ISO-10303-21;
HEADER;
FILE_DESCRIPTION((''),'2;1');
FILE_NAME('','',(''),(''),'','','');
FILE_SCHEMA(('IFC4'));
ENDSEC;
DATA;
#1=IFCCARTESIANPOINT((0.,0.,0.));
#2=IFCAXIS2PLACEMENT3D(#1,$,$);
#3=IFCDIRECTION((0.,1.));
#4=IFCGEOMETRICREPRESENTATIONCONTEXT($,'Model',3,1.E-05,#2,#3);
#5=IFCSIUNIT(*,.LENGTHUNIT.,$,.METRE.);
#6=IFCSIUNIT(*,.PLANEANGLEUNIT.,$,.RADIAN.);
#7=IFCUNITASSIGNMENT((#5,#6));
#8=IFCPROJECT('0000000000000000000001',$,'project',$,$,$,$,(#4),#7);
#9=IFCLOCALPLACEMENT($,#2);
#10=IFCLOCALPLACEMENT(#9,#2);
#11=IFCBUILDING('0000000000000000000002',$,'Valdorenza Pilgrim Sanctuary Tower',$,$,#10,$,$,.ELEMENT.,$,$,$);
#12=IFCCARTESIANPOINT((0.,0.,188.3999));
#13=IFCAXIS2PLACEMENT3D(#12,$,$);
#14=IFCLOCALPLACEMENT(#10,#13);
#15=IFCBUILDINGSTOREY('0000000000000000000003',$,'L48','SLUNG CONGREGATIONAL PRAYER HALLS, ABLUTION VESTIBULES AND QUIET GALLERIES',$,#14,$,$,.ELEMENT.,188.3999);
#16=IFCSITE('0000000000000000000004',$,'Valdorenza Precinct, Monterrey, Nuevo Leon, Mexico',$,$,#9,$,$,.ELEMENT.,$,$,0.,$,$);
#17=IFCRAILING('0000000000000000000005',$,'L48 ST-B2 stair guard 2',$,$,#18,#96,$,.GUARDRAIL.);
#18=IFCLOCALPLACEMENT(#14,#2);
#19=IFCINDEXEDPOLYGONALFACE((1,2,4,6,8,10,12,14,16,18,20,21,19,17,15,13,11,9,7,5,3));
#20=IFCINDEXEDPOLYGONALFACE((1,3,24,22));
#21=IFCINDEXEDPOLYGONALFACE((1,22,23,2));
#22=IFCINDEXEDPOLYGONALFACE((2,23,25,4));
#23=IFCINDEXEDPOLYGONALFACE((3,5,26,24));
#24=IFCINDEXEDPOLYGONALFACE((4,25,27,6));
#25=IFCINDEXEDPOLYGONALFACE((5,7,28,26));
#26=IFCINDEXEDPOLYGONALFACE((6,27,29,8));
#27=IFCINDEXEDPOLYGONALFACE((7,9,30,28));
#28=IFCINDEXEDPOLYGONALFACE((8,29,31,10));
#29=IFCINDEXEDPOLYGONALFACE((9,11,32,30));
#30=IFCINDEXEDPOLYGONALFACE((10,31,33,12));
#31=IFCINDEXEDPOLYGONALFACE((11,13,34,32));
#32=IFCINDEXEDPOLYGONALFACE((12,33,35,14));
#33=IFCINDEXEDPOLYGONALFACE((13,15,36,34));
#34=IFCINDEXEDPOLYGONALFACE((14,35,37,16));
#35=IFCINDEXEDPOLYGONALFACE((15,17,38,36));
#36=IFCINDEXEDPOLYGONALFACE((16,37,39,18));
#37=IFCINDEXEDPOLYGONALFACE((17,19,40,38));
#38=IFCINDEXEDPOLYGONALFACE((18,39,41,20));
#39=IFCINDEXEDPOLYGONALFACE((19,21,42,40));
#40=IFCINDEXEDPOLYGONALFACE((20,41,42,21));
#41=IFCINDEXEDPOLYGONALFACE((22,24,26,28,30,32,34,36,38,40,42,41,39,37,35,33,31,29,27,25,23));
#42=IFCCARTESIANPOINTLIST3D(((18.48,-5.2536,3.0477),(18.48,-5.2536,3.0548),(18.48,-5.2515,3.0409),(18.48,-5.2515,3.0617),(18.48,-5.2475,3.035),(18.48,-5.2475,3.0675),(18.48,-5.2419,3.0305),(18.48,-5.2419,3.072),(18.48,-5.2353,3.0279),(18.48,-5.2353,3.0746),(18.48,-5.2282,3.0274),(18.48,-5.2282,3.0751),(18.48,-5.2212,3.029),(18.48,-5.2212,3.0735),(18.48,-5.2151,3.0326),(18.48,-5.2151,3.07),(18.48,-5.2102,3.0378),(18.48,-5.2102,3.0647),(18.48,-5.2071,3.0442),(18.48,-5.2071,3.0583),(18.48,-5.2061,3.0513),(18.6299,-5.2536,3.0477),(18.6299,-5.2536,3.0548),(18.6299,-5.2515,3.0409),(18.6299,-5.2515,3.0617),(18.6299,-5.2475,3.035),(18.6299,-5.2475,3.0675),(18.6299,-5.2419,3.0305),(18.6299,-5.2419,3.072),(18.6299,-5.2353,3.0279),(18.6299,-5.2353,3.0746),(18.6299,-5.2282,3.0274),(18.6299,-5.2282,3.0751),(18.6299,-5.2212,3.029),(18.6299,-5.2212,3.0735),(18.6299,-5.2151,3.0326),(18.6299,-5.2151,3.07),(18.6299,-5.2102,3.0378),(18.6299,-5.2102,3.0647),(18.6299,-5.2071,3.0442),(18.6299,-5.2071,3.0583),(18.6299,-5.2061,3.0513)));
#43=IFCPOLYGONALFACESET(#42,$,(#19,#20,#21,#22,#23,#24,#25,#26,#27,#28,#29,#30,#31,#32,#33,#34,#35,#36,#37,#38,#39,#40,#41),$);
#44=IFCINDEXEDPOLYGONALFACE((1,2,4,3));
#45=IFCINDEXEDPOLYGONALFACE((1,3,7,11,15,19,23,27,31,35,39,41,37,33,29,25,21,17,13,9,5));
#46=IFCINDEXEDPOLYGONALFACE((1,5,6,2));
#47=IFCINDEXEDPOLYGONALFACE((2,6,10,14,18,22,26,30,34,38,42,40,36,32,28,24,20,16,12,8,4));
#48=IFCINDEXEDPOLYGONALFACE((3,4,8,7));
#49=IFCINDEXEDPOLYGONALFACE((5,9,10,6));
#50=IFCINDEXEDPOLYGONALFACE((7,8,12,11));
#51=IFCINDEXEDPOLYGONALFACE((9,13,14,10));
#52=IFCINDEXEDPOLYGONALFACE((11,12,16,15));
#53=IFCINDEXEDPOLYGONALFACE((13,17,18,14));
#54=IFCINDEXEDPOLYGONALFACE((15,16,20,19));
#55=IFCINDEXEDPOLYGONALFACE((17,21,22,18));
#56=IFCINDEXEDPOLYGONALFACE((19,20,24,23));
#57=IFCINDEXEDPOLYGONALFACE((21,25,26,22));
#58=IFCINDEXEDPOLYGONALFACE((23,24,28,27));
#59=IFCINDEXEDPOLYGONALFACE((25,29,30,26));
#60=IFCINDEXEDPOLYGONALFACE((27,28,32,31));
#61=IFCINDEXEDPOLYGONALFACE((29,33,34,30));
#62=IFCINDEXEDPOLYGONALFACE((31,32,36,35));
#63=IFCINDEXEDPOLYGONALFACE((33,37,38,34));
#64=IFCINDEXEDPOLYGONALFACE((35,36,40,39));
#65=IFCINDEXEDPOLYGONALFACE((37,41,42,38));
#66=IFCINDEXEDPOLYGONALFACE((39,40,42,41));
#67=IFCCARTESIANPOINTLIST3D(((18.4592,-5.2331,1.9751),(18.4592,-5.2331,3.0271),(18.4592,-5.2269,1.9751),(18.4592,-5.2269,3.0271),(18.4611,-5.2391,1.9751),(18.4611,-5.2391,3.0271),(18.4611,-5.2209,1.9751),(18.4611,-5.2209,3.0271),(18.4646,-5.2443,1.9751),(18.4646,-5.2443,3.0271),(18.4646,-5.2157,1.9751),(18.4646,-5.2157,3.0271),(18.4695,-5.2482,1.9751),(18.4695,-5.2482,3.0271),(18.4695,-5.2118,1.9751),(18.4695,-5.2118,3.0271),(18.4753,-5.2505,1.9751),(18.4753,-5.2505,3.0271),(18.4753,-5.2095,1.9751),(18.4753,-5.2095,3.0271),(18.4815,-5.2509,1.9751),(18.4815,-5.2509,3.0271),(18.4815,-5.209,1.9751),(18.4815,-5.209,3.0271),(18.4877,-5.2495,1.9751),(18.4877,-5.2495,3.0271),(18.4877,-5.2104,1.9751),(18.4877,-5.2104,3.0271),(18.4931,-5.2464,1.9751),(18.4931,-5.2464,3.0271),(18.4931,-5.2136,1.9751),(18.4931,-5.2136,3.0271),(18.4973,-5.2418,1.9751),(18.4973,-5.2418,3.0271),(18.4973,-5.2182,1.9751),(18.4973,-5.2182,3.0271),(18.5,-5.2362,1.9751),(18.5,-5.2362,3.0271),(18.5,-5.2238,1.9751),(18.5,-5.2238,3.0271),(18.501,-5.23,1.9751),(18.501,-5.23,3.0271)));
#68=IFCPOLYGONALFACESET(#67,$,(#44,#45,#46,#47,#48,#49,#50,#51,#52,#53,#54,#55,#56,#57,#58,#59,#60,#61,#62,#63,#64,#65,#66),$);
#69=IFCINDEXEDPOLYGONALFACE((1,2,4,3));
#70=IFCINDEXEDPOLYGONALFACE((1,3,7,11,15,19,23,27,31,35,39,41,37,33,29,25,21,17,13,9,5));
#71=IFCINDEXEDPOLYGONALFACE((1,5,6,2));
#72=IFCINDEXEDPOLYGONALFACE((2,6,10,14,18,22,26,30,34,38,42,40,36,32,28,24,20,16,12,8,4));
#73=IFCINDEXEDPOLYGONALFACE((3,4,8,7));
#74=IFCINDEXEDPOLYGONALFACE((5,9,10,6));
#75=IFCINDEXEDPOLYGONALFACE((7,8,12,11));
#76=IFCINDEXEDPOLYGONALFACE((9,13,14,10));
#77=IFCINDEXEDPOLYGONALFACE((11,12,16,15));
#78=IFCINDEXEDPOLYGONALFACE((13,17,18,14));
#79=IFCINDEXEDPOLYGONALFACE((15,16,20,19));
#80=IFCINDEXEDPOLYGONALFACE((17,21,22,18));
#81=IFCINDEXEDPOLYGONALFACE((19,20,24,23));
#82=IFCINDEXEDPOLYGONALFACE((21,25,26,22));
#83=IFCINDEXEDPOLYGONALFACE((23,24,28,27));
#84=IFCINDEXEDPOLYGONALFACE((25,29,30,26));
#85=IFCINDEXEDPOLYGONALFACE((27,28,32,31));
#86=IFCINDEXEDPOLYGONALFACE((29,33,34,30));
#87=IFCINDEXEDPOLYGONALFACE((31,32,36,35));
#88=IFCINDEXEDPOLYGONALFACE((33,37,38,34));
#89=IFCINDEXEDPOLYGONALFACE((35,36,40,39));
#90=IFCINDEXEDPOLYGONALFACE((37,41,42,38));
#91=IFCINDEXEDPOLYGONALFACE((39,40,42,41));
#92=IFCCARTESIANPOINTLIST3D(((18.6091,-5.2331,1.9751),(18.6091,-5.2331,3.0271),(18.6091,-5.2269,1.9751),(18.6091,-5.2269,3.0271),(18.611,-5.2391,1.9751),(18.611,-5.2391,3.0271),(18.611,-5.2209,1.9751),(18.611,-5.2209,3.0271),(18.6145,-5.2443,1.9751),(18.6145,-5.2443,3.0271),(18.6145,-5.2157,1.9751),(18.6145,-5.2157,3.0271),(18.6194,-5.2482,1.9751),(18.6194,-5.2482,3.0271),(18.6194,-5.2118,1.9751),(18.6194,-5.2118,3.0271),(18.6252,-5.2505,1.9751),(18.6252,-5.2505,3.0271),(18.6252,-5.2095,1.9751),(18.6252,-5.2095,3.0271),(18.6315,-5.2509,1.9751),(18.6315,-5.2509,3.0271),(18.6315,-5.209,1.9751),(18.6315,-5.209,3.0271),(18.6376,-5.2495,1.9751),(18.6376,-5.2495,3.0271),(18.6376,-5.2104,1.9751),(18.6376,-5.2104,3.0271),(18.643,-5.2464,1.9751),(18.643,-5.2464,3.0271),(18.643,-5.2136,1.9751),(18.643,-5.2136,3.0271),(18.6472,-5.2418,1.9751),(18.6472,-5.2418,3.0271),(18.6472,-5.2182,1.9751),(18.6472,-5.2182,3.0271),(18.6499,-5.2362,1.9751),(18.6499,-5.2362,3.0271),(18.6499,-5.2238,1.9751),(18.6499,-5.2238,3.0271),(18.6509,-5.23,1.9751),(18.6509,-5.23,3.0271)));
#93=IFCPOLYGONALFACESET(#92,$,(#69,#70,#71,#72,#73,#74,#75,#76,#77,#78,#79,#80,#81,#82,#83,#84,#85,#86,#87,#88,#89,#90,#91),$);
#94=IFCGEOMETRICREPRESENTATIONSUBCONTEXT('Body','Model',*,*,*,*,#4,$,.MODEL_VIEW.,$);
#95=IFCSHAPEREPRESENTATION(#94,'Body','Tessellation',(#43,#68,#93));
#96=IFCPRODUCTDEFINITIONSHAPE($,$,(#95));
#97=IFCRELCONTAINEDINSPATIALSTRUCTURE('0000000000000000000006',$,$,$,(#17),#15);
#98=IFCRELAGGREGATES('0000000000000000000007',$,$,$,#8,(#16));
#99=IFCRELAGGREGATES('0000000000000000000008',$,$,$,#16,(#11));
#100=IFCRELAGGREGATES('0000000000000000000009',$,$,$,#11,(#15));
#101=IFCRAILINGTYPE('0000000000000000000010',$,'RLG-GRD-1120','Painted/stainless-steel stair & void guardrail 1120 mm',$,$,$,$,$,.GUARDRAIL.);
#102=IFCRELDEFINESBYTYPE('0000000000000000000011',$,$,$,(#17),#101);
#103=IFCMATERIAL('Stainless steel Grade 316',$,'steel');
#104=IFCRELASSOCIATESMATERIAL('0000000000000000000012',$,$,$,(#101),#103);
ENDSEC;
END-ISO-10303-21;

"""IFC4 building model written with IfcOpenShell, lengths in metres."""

from ifc_helpers import new_model, si_unit, direction, frame, origin, origin_2d, place, context, subcontext, project, spatial, circle, extrude, material, type_object, element, save


model = new_model("IFC4")

# Units and contexts
model_context = context("Model", 3, precision=1e-05, world=origin(), true_north=direction((0.0, 1.0)))
body_context = subcontext(model_context, "Body", "Model", "MODEL_VIEW")
ifc_project = project(units=[si_unit("LENGTHUNIT", "METRE"), si_unit("PLANEANGLEUNIT", "RADIAN")], contexts=[model_context])

# Site, building, storey
site_placement = place(None, origin())
site = spatial("IfcSite", under=ifc_project, at=site_placement, Name="Valdorenza Precinct, Monterrey, Nuevo Leon, Mexico", CompositionType="ELEMENT", RefElevation=0.0)
building_placement = place(site_placement, origin())
building = spatial("IfcBuilding", under=site, at=building_placement, Name="Valdorenza Pilgrim Sanctuary Tower", CompositionType="ELEMENT")
storey_placement = place(building_placement, frame((0.0, 0.0, 188.3999)))
storey = spatial("IfcBuildingStorey", under=building, at=storey_placement, Name="L48", Description="SLUNG CONGREGATIONAL PRAYER HALLS, ABLUTION VESTIBULES AND QUIET GALLERIES", CompositionType="ELEMENT", Elevation=188.3999)

# Railing
ifc_material_1 = material(Name="Stainless steel Grade 316", Category="steel")
railing_type_1 = type_object("IfcRailingType", Name="RLG-GRD-1120", Description="Painted/stainless-steel stair & void guardrail 1120 mm", PredefinedType="GUARDRAIL", material=ifc_material_1)
railing_1_placement = place(storey_placement, frame((18.48, -5.23, 1.9751)))
element("IfcRailing", 1, at=railing_1_placement, inside=storey, type_object=railing_type_1, Name="L48 ST-B2 stair guard 2", PredefinedType="GUARDRAIL", context=body_context, shape_type="SweptSolid", body=[
    extrude(circle(Radius=0.0239, at=origin_2d()), frame((0.0, 0.0, 1.0762), z_axis=(1.0, 0.0, 0.0), x_axis=(0.0, 1.0, 0.0)), (0.0, 0.0, 1.0), 0.1499),
    extrude(circle(Radius=0.021, at=origin_2d()), origin(), (0.0, 0.0, 1.0), 1.052),
    extrude(circle(Radius=0.021, at=origin_2d()), frame((0.1499, 0.0, 0.0)), (0.0, 0.0, 1.0), 1.052),
])

save(model, "model.ifc")
